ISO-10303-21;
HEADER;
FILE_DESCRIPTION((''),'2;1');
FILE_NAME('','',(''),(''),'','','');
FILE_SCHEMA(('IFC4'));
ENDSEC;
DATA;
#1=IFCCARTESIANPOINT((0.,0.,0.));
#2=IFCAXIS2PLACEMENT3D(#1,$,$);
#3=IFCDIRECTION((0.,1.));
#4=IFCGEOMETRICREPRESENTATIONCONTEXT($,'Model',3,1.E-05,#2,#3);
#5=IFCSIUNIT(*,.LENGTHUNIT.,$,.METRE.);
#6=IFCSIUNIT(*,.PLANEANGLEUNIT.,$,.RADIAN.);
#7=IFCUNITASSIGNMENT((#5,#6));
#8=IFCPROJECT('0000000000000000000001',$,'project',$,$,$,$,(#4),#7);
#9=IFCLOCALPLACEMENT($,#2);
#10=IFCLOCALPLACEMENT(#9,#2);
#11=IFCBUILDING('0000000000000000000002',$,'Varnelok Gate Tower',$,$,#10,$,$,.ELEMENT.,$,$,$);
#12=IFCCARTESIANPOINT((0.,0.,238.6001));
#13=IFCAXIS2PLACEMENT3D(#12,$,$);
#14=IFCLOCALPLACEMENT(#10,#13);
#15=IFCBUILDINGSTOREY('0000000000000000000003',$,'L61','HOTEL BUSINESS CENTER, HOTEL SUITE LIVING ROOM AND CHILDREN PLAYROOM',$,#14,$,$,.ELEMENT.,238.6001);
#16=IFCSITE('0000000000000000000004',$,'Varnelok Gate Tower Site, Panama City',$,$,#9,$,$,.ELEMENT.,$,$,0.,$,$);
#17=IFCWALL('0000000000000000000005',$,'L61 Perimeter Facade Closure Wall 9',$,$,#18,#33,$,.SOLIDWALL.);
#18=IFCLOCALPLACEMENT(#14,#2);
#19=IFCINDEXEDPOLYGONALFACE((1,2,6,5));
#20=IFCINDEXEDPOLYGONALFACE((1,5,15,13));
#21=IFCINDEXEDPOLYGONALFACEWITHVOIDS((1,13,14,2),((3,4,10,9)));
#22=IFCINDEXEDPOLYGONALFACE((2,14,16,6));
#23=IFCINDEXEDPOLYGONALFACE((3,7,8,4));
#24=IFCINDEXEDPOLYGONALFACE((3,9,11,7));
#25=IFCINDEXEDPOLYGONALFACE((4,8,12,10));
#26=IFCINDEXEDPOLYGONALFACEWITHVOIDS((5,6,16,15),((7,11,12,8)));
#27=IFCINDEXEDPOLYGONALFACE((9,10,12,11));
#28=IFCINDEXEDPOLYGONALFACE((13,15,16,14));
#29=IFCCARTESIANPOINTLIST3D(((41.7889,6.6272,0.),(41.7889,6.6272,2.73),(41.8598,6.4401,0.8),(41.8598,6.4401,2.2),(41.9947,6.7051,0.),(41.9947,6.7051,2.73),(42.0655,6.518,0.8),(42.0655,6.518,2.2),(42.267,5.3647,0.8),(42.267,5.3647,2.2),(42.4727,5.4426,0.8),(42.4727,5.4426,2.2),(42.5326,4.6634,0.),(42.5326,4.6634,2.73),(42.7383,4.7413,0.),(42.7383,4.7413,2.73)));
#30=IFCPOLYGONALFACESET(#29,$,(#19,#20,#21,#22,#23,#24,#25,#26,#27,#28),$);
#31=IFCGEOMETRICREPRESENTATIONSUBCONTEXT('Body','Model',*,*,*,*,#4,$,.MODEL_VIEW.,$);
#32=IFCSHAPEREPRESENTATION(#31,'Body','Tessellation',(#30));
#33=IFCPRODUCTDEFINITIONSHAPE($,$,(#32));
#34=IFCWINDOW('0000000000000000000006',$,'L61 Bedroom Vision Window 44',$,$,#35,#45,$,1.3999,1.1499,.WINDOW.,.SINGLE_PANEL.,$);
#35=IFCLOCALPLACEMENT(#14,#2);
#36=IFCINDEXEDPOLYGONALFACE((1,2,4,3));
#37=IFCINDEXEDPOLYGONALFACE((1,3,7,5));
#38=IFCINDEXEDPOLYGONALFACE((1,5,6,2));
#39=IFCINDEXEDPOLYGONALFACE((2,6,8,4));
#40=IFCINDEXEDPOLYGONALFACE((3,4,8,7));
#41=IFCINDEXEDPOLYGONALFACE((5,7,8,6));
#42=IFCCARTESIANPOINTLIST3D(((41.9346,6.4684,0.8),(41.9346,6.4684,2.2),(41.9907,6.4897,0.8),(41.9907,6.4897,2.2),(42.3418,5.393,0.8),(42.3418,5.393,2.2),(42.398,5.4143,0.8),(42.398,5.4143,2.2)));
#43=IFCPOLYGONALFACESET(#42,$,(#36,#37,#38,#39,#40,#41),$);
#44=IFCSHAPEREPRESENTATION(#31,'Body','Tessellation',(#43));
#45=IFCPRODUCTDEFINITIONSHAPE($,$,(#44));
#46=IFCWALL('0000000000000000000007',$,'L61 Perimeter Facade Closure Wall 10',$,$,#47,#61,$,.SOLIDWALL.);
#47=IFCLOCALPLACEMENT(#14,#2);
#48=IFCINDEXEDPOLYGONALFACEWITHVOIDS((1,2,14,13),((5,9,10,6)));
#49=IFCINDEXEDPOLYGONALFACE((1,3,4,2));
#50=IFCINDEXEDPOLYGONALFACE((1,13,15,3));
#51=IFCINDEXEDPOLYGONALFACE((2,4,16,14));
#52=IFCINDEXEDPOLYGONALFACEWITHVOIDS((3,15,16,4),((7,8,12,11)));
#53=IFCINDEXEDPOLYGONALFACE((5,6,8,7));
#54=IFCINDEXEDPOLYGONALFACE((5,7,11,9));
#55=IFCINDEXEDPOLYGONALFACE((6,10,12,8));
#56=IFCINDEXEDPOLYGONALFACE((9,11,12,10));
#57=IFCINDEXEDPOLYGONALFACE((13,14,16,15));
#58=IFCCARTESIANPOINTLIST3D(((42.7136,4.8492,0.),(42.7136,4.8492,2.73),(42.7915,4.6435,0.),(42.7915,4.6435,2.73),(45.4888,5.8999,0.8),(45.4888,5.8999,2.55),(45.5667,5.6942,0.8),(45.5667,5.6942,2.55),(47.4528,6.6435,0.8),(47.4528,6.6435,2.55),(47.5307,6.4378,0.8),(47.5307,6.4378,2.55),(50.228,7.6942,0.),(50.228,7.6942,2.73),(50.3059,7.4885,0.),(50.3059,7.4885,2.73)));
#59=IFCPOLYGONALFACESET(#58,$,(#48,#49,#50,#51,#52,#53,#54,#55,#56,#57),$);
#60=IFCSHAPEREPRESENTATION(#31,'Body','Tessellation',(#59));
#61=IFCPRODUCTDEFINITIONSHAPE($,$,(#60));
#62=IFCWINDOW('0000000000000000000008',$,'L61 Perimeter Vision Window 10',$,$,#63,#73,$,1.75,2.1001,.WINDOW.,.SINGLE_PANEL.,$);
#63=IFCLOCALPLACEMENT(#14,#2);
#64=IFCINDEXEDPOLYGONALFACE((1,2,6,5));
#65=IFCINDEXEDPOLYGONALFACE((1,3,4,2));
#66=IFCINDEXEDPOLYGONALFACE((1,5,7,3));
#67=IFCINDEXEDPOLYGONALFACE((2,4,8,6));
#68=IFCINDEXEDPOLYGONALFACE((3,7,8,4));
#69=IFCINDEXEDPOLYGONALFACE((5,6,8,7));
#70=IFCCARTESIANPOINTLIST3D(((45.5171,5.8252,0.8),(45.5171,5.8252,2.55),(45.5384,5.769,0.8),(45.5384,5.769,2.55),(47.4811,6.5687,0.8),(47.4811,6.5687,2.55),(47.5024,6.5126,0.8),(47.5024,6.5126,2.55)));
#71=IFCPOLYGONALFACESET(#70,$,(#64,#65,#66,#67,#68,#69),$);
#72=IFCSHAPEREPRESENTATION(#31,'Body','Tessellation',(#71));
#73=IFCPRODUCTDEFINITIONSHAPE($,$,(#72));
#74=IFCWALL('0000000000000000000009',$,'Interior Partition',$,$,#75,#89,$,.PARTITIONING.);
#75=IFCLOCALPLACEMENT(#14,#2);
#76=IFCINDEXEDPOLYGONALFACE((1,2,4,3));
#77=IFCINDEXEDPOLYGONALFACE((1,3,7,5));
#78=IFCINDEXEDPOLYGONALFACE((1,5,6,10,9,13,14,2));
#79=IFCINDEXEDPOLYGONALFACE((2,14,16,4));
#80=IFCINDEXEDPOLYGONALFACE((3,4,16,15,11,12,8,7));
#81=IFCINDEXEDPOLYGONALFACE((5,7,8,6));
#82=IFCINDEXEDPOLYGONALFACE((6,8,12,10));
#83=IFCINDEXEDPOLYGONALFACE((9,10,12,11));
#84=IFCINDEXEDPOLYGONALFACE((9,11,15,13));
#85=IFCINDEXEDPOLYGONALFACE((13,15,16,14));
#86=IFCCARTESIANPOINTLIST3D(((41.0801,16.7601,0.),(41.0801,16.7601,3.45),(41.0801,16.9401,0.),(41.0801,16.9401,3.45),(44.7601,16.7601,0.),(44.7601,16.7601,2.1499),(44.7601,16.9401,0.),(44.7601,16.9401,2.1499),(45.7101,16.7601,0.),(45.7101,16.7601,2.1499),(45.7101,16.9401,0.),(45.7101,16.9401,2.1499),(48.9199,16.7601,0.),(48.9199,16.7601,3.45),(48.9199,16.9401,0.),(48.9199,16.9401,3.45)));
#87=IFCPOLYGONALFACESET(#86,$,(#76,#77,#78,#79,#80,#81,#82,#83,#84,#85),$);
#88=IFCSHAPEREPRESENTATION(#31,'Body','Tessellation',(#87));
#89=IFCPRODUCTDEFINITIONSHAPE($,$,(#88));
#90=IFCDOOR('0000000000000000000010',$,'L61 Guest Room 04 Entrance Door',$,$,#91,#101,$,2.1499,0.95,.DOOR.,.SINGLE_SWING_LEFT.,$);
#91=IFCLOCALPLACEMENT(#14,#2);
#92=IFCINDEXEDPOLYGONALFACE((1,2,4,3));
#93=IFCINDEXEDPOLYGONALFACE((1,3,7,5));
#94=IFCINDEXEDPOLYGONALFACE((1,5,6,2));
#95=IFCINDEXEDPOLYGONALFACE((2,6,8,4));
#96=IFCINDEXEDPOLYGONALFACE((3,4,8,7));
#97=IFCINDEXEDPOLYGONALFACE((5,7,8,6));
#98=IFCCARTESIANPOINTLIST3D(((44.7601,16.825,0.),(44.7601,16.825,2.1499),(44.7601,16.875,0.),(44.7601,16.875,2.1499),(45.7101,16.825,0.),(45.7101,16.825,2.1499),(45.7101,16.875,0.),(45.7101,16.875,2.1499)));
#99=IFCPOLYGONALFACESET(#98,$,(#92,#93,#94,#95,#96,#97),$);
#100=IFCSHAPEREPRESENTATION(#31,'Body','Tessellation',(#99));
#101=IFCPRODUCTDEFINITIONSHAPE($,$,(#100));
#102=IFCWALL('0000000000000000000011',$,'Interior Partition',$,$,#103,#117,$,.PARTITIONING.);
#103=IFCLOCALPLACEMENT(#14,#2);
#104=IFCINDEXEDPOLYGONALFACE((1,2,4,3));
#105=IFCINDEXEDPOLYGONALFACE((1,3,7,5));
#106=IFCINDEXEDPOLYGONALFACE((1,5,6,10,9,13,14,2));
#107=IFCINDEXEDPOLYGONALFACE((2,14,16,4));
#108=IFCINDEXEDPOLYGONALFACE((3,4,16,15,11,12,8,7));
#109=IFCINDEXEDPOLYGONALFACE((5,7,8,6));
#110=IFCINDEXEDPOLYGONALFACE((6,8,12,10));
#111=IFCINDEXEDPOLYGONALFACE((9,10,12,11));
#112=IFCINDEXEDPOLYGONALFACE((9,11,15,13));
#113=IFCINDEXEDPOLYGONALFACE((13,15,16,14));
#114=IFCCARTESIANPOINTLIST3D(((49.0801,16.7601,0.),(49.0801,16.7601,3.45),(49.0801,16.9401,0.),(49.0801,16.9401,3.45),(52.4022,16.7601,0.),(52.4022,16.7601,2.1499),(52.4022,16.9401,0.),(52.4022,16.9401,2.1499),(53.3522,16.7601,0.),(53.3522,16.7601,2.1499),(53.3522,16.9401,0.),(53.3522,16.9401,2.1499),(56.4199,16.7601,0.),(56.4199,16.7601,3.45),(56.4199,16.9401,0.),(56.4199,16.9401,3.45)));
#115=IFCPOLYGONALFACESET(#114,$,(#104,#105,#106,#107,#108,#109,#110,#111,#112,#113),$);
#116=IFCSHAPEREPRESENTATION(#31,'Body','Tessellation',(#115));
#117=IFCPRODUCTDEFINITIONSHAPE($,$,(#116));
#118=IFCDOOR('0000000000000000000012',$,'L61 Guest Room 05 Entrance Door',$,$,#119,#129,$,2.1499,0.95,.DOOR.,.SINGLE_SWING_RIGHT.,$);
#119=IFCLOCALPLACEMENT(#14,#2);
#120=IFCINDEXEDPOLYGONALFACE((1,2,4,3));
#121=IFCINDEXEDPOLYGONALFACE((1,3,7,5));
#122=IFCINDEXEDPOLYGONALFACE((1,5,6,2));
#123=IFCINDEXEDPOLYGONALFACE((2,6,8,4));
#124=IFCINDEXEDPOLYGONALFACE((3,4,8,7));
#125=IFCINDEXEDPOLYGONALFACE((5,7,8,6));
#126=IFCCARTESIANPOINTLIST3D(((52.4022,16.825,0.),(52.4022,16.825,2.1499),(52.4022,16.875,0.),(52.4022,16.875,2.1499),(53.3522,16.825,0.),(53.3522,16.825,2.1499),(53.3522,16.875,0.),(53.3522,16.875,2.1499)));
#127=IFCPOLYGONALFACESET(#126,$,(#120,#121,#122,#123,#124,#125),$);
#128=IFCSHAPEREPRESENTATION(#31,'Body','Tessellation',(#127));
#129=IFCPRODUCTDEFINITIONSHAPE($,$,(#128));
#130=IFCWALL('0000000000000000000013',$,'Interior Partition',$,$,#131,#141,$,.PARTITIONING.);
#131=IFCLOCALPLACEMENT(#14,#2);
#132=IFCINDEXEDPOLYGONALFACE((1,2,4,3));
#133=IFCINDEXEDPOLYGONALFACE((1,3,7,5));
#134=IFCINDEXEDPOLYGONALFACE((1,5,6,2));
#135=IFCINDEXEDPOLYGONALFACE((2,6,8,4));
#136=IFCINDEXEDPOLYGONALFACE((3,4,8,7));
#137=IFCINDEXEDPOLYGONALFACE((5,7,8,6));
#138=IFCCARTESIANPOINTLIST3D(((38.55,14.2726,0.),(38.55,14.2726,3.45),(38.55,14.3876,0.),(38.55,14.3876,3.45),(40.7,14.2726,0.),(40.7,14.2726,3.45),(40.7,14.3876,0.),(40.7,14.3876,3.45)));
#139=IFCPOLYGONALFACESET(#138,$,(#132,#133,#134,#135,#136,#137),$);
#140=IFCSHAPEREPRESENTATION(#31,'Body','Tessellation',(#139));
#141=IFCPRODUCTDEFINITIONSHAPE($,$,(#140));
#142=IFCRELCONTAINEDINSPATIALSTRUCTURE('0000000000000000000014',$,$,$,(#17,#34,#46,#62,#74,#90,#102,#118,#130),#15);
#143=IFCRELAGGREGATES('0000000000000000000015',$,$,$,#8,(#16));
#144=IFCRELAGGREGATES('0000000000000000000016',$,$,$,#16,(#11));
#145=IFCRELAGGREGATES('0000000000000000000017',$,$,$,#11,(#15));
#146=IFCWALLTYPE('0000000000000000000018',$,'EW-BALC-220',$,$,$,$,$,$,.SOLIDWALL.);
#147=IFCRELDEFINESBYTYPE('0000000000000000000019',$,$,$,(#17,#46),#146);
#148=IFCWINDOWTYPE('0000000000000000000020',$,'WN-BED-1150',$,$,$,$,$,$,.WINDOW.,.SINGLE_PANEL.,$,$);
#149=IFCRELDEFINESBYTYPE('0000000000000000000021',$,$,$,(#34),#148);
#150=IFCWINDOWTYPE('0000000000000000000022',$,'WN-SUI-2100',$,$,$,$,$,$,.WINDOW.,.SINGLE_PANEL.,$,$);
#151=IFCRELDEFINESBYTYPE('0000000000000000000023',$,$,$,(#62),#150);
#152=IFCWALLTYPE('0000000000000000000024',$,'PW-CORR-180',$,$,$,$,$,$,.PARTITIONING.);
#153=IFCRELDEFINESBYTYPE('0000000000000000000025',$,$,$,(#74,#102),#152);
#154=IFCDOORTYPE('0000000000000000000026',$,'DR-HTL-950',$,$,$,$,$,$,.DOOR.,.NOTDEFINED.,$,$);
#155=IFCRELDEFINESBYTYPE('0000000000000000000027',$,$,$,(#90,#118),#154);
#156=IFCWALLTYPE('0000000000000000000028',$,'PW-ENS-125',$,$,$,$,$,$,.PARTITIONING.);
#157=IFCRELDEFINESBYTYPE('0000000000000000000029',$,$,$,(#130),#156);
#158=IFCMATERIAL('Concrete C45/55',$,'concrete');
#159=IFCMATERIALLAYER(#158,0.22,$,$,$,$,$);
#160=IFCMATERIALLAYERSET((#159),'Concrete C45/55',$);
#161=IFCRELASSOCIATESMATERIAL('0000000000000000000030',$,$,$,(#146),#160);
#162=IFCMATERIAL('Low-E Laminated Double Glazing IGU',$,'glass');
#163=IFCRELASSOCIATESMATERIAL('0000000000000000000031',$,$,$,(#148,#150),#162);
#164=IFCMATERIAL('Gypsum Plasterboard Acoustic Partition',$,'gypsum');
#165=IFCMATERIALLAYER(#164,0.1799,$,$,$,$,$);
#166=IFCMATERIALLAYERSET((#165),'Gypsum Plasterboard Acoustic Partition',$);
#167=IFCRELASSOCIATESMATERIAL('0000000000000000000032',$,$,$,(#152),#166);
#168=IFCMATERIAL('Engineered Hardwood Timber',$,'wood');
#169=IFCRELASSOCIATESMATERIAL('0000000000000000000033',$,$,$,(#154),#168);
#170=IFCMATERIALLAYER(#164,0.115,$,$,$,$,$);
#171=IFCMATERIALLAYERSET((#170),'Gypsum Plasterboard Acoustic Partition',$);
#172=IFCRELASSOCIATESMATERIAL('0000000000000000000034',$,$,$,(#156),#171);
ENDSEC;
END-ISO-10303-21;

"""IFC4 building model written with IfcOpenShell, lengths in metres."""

from ifc_helpers import new_model, si_unit, direction, frame, frame_2d, origin, place, context, subcontext, project, spatial, rectangle, extrude, material, layer, layer_set, type_object, element, fill, save


model = new_model("IFC4")

# Units and contexts
model_context = context("Model", 3, precision=1e-05, world=origin(), true_north=direction((0.0, 1.0)))
body_context = subcontext(model_context, "Body", "Model", "MODEL_VIEW")
ifc_project = project(units=[si_unit("LENGTHUNIT", "METRE"), si_unit("PLANEANGLEUNIT", "RADIAN")], contexts=[model_context])

# Site, building, storey
site_placement = place(None, origin())
site = spatial("IfcSite", under=ifc_project, at=site_placement, Name="Varnelok Gate Tower Site, Panama City", CompositionType="ELEMENT", RefElevation=0.0)
building_placement = place(site_placement, origin())
building = spatial("IfcBuilding", under=site, at=building_placement, Name="Varnelok Gate Tower", CompositionType="ELEMENT")
storey_placement = place(building_placement, frame((0.0, 0.0, 238.6001)))
storey = spatial("IfcBuildingStorey", under=building, at=storey_placement, Name="L61", Description="HOTEL BUSINESS CENTER, HOTEL SUITE LIVING ROOM AND CHILDREN PLAYROOM", CompositionType="ELEMENT", Elevation=238.6001)

# Shared definitions
ifc_material_1 = material(Name="Concrete C45/55", Category="concrete")
ifc_layer_1 = layer(ifc_material_1, 0.22)
ifc_layer_set_1 = layer_set([ifc_layer_1], Name="Concrete C45/55")
wall_type_1 = type_object("IfcWallType", Name="EW-BALC-220", PredefinedType="SOLIDWALL", material=ifc_layer_set_1)

# Walls, openings, windows
wall_1_placement = place(storey_placement, frame((41.8918, 6.666, 0.0), z_axis=(0.0, 0.0, 1.0), x_axis=(0.354128, -0.935197, 0.0)))
wall_1 = element("IfcWall", 1, at=wall_1_placement, inside=storey, type_object=wall_type_1, Name="L61 Perimeter Facade Closure Wall 9", PredefinedType="SOLIDWALL", context=body_context, shape_type="SweptSolid", body=[
    extrude(rectangle(XDim=2.0999, YDim=0.22, at=frame_2d((1.0498, 0.0))), origin(), (0.0, 0.0, 1.0), 2.73),
])
opening_1_placement = place(wall_1_placement, frame((0.2, 0.0, 0.8)))
opening_1 = element("IfcOpeningElement", 2, at=opening_1_placement, cuts=wall_1, PredefinedType="OPENING", context=body_context, shape_type="SweptSolid", body=[
    extrude(rectangle(XDim=1.1499, YDim=1.3999, at=frame_2d((0.575, 0.7))), frame((0.0, 0.1199, 0.0), z_axis=(0.0, -1.0, 0.0), x_axis=(1.0, 0.0, 0.0)), (0.0, 0.0, 1.0), 0.24),
])
ifc_material_2 = material(Name="Low-E Laminated Double Glazing IGU", Category="glass")
window_type_1 = type_object("IfcWindowType", Name="WN-BED-1150", PartitioningType="SINGLE_PANEL", PredefinedType="WINDOW", material=ifc_material_2)
window_1_placement = place(opening_1_placement, origin())
window_1 = element("IfcWindow", 3, at=window_1_placement, inside=storey, type_object=window_type_1, Name="L61 Bedroom Vision Window 44", OverallHeight=1.3999, OverallWidth=1.1499, PartitioningType="SINGLE_PANEL", PredefinedType="WINDOW", context=body_context, shape_type="SweptSolid", body=[
    extrude(rectangle(XDim=1.1499, YDim=1.3999, at=frame_2d((0.575, 0.7))), frame((0.0, 0.03, 0.0), z_axis=(0.0, -1.0, 0.0), x_axis=(1.0, 0.0, 0.0)), (0.0, 0.0, 1.0), 0.0601),
])
fill(opening_1, window_1)
wall_2_placement = place(storey_placement, frame((42.7524, 4.7463, 0.0), z_axis=(0.0, 0.0, 1.0), x_axis=(0.935217, 0.354075, 0.0)))
wall_2 = element("IfcWall", 4, at=wall_2_placement, inside=storey, type_object=wall_type_1, Name="L61 Perimeter Facade Closure Wall 10", PredefinedType="SOLIDWALL", context=body_context, shape_type="SweptSolid", body=[
    extrude(rectangle(XDim=8.0349, YDim=0.22, at=frame_2d((4.0176, 0.0))), origin(), (0.0, 0.0, 1.0), 2.73),
])
opening_2_placement = place(wall_2_placement, frame((2.9675, 0.0, 0.8)))
opening_2 = element("IfcOpeningElement", 5, at=opening_2_placement, cuts=wall_2, PredefinedType="OPENING", context=body_context, shape_type="SweptSolid", body=[
    extrude(rectangle(XDim=2.1001, YDim=1.75, at=frame_2d((1.05, 0.875))), frame((0.0, 0.1199, 0.0), z_axis=(0.0, -1.0, 0.0), x_axis=(1.0, 0.0, 0.0)), (0.0, 0.0, 1.0), 0.24),
])
window_type_2 = type_object("IfcWindowType", Name="WN-SUI-2100", PartitioningType="SINGLE_PANEL", PredefinedType="WINDOW", material=ifc_material_2)
window_2_placement = place(opening_2_placement, origin())
window_2 = element("IfcWindow", 6, at=window_2_placement, inside=storey, type_object=window_type_2, Name="L61 Perimeter Vision Window 10", OverallHeight=1.75, OverallWidth=2.1001, PartitioningType="SINGLE_PANEL", PredefinedType="WINDOW", context=body_context, shape_type="SweptSolid", body=[
    extrude(rectangle(XDim=2.1001, YDim=1.75, at=frame_2d((1.05, 0.875))), frame((0.0, 0.03, 0.0), z_axis=(0.0, -1.0, 0.0), x_axis=(1.0, 0.0, 0.0)), (0.0, 0.0, 1.0), 0.0601),
])
fill(opening_2, window_2)

# Walls, openings, doors
ifc_material_3 = material(Name="Gypsum Plasterboard Acoustic Partition", Category="gypsum")
ifc_layer_2 = layer(ifc_material_3, 0.1799)
ifc_layer_set_2 = layer_set([ifc_layer_2], Name="Gypsum Plasterboard Acoustic Partition")
wall_type_2 = type_object("IfcWallType", Name="PW-CORR-180", PredefinedType="PARTITIONING", material=ifc_layer_set_2)
wall_3_placement = place(storey_placement, frame((41.0801, 16.8501, 0.0), z_axis=(0.0, 0.0, 1.0), x_axis=(1.0, 0.0, 0.0)))
wall_3 = element("IfcWall", 7, at=wall_3_placement, inside=storey, type_object=wall_type_2, Name="Interior Partition", PredefinedType="PARTITIONING", context=body_context, shape_type="SweptSolid", body=[
    extrude(rectangle(XDim=7.8398, YDim=0.1799, at=frame_2d((3.9199, 0.0))), origin(), (0.0, 0.0, 1.0), 3.45),
])
opening_3_placement = place(wall_3_placement, frame((3.6799, 0.0, 0.0)))
opening_3 = element("IfcOpeningElement", 8, at=opening_3_placement, cuts=wall_3, PredefinedType="OPENING", context=body_context, shape_type="SweptSolid", body=[
    extrude(rectangle(XDim=0.95, YDim=2.1499, at=frame_2d((0.4751, 1.075))), frame((0.0, 0.0999, 0.0), z_axis=(0.0, -1.0, 0.0), x_axis=(1.0, 0.0, 0.0)), (0.0, 0.0, 1.0), 0.2),
])
ifc_material_4 = material(Name="Engineered Hardwood Timber", Category="wood")
door_type_1 = type_object("IfcDoorType", Name="DR-HTL-950", OperationType="NOTDEFINED", PredefinedType="DOOR", material=ifc_material_4)
door_1_placement = place(opening_3_placement, origin())
door_1 = element("IfcDoor", 9, at=door_1_placement, inside=storey, type_object=door_type_1, Name="L61 Guest Room 04 Entrance Door", OperationType="SINGLE_SWING_LEFT", OverallHeight=2.1499, OverallWidth=0.95, PredefinedType="DOOR", context=body_context, shape_type="SweptSolid", body=[
    extrude(rectangle(XDim=0.95, YDim=2.1499, at=frame_2d((0.4751, 1.075))), frame((0.0, 0.0249, 0.0), z_axis=(0.0, -1.0, 0.0), x_axis=(1.0, 0.0, 0.0)), (0.0, 0.0, 1.0), 0.05),
])
fill(opening_3, door_1)
wall_4_placement = place(storey_placement, frame((49.0801, 16.8501, 0.0), z_axis=(0.0, 0.0, 1.0), x_axis=(1.0, 0.0, 0.0)))
wall_4 = element("IfcWall", 10, at=wall_4_placement, inside=storey, type_object=wall_type_2, Name="Interior Partition", PredefinedType="PARTITIONING", context=body_context, shape_type="SweptSolid", body=[
    extrude(rectangle(XDim=7.3398, YDim=0.1799, at=frame_2d((3.6699, 0.0))), origin(), (0.0, 0.0, 1.0), 3.45),
])
opening_4_placement = place(wall_4_placement, frame((3.322, 0.0, 0.0)))
opening_4 = element("IfcOpeningElement", 11, at=opening_4_placement, cuts=wall_4, PredefinedType="OPENING", context=body_context, shape_type="SweptSolid", body=[
    extrude(rectangle(XDim=0.95, YDim=2.1499, at=frame_2d((0.4751, 1.075))), frame((0.0, 0.0999, 0.0), z_axis=(0.0, -1.0, 0.0), x_axis=(1.0, 0.0, 0.0)), (0.0, 0.0, 1.0), 0.2),
])
door_2_placement = place(opening_4_placement, origin())
door_2 = element("IfcDoor", 12, at=door_2_placement, inside=storey, type_object=door_type_1, Name="L61 Guest Room 05 Entrance Door", OperationType="SINGLE_SWING_RIGHT", OverallHeight=2.1499, OverallWidth=0.95, PredefinedType="DOOR", context=body_context, shape_type="SweptSolid", body=[
    extrude(rectangle(XDim=0.95, YDim=2.1499, at=frame_2d((0.4751, 1.075))), frame((0.0, 0.0249, 0.0), z_axis=(0.0, -1.0, 0.0), x_axis=(1.0, 0.0, 0.0)), (0.0, 0.0, 1.0), 0.05),
])
fill(opening_4, door_2)

# Wall
ifc_layer_3 = layer(ifc_material_3, 0.115)
ifc_layer_set_3 = layer_set([ifc_layer_3], Name="Gypsum Plasterboard Acoustic Partition")
wall_type_3 = type_object("IfcWallType", Name="PW-ENS-125", PredefinedType="PARTITIONING", material=ifc_layer_set_3)
wall_5_placement = place(storey_placement, frame((38.55, 14.3301, 0.0), z_axis=(0.0, 0.0, 1.0), x_axis=(1.0, 0.0, 0.0)))
element("IfcWall", 13, at=wall_5_placement, inside=storey, type_object=wall_type_3, Name="Interior Partition", PredefinedType="PARTITIONING", context=body_context, shape_type="SweptSolid", body=[
    extrude(rectangle(XDim=2.1499, YDim=0.115, at=frame_2d((1.075, 0.0))), origin(), (0.0, 0.0, 1.0), 3.45),
])

save(model, "model.ifc")
